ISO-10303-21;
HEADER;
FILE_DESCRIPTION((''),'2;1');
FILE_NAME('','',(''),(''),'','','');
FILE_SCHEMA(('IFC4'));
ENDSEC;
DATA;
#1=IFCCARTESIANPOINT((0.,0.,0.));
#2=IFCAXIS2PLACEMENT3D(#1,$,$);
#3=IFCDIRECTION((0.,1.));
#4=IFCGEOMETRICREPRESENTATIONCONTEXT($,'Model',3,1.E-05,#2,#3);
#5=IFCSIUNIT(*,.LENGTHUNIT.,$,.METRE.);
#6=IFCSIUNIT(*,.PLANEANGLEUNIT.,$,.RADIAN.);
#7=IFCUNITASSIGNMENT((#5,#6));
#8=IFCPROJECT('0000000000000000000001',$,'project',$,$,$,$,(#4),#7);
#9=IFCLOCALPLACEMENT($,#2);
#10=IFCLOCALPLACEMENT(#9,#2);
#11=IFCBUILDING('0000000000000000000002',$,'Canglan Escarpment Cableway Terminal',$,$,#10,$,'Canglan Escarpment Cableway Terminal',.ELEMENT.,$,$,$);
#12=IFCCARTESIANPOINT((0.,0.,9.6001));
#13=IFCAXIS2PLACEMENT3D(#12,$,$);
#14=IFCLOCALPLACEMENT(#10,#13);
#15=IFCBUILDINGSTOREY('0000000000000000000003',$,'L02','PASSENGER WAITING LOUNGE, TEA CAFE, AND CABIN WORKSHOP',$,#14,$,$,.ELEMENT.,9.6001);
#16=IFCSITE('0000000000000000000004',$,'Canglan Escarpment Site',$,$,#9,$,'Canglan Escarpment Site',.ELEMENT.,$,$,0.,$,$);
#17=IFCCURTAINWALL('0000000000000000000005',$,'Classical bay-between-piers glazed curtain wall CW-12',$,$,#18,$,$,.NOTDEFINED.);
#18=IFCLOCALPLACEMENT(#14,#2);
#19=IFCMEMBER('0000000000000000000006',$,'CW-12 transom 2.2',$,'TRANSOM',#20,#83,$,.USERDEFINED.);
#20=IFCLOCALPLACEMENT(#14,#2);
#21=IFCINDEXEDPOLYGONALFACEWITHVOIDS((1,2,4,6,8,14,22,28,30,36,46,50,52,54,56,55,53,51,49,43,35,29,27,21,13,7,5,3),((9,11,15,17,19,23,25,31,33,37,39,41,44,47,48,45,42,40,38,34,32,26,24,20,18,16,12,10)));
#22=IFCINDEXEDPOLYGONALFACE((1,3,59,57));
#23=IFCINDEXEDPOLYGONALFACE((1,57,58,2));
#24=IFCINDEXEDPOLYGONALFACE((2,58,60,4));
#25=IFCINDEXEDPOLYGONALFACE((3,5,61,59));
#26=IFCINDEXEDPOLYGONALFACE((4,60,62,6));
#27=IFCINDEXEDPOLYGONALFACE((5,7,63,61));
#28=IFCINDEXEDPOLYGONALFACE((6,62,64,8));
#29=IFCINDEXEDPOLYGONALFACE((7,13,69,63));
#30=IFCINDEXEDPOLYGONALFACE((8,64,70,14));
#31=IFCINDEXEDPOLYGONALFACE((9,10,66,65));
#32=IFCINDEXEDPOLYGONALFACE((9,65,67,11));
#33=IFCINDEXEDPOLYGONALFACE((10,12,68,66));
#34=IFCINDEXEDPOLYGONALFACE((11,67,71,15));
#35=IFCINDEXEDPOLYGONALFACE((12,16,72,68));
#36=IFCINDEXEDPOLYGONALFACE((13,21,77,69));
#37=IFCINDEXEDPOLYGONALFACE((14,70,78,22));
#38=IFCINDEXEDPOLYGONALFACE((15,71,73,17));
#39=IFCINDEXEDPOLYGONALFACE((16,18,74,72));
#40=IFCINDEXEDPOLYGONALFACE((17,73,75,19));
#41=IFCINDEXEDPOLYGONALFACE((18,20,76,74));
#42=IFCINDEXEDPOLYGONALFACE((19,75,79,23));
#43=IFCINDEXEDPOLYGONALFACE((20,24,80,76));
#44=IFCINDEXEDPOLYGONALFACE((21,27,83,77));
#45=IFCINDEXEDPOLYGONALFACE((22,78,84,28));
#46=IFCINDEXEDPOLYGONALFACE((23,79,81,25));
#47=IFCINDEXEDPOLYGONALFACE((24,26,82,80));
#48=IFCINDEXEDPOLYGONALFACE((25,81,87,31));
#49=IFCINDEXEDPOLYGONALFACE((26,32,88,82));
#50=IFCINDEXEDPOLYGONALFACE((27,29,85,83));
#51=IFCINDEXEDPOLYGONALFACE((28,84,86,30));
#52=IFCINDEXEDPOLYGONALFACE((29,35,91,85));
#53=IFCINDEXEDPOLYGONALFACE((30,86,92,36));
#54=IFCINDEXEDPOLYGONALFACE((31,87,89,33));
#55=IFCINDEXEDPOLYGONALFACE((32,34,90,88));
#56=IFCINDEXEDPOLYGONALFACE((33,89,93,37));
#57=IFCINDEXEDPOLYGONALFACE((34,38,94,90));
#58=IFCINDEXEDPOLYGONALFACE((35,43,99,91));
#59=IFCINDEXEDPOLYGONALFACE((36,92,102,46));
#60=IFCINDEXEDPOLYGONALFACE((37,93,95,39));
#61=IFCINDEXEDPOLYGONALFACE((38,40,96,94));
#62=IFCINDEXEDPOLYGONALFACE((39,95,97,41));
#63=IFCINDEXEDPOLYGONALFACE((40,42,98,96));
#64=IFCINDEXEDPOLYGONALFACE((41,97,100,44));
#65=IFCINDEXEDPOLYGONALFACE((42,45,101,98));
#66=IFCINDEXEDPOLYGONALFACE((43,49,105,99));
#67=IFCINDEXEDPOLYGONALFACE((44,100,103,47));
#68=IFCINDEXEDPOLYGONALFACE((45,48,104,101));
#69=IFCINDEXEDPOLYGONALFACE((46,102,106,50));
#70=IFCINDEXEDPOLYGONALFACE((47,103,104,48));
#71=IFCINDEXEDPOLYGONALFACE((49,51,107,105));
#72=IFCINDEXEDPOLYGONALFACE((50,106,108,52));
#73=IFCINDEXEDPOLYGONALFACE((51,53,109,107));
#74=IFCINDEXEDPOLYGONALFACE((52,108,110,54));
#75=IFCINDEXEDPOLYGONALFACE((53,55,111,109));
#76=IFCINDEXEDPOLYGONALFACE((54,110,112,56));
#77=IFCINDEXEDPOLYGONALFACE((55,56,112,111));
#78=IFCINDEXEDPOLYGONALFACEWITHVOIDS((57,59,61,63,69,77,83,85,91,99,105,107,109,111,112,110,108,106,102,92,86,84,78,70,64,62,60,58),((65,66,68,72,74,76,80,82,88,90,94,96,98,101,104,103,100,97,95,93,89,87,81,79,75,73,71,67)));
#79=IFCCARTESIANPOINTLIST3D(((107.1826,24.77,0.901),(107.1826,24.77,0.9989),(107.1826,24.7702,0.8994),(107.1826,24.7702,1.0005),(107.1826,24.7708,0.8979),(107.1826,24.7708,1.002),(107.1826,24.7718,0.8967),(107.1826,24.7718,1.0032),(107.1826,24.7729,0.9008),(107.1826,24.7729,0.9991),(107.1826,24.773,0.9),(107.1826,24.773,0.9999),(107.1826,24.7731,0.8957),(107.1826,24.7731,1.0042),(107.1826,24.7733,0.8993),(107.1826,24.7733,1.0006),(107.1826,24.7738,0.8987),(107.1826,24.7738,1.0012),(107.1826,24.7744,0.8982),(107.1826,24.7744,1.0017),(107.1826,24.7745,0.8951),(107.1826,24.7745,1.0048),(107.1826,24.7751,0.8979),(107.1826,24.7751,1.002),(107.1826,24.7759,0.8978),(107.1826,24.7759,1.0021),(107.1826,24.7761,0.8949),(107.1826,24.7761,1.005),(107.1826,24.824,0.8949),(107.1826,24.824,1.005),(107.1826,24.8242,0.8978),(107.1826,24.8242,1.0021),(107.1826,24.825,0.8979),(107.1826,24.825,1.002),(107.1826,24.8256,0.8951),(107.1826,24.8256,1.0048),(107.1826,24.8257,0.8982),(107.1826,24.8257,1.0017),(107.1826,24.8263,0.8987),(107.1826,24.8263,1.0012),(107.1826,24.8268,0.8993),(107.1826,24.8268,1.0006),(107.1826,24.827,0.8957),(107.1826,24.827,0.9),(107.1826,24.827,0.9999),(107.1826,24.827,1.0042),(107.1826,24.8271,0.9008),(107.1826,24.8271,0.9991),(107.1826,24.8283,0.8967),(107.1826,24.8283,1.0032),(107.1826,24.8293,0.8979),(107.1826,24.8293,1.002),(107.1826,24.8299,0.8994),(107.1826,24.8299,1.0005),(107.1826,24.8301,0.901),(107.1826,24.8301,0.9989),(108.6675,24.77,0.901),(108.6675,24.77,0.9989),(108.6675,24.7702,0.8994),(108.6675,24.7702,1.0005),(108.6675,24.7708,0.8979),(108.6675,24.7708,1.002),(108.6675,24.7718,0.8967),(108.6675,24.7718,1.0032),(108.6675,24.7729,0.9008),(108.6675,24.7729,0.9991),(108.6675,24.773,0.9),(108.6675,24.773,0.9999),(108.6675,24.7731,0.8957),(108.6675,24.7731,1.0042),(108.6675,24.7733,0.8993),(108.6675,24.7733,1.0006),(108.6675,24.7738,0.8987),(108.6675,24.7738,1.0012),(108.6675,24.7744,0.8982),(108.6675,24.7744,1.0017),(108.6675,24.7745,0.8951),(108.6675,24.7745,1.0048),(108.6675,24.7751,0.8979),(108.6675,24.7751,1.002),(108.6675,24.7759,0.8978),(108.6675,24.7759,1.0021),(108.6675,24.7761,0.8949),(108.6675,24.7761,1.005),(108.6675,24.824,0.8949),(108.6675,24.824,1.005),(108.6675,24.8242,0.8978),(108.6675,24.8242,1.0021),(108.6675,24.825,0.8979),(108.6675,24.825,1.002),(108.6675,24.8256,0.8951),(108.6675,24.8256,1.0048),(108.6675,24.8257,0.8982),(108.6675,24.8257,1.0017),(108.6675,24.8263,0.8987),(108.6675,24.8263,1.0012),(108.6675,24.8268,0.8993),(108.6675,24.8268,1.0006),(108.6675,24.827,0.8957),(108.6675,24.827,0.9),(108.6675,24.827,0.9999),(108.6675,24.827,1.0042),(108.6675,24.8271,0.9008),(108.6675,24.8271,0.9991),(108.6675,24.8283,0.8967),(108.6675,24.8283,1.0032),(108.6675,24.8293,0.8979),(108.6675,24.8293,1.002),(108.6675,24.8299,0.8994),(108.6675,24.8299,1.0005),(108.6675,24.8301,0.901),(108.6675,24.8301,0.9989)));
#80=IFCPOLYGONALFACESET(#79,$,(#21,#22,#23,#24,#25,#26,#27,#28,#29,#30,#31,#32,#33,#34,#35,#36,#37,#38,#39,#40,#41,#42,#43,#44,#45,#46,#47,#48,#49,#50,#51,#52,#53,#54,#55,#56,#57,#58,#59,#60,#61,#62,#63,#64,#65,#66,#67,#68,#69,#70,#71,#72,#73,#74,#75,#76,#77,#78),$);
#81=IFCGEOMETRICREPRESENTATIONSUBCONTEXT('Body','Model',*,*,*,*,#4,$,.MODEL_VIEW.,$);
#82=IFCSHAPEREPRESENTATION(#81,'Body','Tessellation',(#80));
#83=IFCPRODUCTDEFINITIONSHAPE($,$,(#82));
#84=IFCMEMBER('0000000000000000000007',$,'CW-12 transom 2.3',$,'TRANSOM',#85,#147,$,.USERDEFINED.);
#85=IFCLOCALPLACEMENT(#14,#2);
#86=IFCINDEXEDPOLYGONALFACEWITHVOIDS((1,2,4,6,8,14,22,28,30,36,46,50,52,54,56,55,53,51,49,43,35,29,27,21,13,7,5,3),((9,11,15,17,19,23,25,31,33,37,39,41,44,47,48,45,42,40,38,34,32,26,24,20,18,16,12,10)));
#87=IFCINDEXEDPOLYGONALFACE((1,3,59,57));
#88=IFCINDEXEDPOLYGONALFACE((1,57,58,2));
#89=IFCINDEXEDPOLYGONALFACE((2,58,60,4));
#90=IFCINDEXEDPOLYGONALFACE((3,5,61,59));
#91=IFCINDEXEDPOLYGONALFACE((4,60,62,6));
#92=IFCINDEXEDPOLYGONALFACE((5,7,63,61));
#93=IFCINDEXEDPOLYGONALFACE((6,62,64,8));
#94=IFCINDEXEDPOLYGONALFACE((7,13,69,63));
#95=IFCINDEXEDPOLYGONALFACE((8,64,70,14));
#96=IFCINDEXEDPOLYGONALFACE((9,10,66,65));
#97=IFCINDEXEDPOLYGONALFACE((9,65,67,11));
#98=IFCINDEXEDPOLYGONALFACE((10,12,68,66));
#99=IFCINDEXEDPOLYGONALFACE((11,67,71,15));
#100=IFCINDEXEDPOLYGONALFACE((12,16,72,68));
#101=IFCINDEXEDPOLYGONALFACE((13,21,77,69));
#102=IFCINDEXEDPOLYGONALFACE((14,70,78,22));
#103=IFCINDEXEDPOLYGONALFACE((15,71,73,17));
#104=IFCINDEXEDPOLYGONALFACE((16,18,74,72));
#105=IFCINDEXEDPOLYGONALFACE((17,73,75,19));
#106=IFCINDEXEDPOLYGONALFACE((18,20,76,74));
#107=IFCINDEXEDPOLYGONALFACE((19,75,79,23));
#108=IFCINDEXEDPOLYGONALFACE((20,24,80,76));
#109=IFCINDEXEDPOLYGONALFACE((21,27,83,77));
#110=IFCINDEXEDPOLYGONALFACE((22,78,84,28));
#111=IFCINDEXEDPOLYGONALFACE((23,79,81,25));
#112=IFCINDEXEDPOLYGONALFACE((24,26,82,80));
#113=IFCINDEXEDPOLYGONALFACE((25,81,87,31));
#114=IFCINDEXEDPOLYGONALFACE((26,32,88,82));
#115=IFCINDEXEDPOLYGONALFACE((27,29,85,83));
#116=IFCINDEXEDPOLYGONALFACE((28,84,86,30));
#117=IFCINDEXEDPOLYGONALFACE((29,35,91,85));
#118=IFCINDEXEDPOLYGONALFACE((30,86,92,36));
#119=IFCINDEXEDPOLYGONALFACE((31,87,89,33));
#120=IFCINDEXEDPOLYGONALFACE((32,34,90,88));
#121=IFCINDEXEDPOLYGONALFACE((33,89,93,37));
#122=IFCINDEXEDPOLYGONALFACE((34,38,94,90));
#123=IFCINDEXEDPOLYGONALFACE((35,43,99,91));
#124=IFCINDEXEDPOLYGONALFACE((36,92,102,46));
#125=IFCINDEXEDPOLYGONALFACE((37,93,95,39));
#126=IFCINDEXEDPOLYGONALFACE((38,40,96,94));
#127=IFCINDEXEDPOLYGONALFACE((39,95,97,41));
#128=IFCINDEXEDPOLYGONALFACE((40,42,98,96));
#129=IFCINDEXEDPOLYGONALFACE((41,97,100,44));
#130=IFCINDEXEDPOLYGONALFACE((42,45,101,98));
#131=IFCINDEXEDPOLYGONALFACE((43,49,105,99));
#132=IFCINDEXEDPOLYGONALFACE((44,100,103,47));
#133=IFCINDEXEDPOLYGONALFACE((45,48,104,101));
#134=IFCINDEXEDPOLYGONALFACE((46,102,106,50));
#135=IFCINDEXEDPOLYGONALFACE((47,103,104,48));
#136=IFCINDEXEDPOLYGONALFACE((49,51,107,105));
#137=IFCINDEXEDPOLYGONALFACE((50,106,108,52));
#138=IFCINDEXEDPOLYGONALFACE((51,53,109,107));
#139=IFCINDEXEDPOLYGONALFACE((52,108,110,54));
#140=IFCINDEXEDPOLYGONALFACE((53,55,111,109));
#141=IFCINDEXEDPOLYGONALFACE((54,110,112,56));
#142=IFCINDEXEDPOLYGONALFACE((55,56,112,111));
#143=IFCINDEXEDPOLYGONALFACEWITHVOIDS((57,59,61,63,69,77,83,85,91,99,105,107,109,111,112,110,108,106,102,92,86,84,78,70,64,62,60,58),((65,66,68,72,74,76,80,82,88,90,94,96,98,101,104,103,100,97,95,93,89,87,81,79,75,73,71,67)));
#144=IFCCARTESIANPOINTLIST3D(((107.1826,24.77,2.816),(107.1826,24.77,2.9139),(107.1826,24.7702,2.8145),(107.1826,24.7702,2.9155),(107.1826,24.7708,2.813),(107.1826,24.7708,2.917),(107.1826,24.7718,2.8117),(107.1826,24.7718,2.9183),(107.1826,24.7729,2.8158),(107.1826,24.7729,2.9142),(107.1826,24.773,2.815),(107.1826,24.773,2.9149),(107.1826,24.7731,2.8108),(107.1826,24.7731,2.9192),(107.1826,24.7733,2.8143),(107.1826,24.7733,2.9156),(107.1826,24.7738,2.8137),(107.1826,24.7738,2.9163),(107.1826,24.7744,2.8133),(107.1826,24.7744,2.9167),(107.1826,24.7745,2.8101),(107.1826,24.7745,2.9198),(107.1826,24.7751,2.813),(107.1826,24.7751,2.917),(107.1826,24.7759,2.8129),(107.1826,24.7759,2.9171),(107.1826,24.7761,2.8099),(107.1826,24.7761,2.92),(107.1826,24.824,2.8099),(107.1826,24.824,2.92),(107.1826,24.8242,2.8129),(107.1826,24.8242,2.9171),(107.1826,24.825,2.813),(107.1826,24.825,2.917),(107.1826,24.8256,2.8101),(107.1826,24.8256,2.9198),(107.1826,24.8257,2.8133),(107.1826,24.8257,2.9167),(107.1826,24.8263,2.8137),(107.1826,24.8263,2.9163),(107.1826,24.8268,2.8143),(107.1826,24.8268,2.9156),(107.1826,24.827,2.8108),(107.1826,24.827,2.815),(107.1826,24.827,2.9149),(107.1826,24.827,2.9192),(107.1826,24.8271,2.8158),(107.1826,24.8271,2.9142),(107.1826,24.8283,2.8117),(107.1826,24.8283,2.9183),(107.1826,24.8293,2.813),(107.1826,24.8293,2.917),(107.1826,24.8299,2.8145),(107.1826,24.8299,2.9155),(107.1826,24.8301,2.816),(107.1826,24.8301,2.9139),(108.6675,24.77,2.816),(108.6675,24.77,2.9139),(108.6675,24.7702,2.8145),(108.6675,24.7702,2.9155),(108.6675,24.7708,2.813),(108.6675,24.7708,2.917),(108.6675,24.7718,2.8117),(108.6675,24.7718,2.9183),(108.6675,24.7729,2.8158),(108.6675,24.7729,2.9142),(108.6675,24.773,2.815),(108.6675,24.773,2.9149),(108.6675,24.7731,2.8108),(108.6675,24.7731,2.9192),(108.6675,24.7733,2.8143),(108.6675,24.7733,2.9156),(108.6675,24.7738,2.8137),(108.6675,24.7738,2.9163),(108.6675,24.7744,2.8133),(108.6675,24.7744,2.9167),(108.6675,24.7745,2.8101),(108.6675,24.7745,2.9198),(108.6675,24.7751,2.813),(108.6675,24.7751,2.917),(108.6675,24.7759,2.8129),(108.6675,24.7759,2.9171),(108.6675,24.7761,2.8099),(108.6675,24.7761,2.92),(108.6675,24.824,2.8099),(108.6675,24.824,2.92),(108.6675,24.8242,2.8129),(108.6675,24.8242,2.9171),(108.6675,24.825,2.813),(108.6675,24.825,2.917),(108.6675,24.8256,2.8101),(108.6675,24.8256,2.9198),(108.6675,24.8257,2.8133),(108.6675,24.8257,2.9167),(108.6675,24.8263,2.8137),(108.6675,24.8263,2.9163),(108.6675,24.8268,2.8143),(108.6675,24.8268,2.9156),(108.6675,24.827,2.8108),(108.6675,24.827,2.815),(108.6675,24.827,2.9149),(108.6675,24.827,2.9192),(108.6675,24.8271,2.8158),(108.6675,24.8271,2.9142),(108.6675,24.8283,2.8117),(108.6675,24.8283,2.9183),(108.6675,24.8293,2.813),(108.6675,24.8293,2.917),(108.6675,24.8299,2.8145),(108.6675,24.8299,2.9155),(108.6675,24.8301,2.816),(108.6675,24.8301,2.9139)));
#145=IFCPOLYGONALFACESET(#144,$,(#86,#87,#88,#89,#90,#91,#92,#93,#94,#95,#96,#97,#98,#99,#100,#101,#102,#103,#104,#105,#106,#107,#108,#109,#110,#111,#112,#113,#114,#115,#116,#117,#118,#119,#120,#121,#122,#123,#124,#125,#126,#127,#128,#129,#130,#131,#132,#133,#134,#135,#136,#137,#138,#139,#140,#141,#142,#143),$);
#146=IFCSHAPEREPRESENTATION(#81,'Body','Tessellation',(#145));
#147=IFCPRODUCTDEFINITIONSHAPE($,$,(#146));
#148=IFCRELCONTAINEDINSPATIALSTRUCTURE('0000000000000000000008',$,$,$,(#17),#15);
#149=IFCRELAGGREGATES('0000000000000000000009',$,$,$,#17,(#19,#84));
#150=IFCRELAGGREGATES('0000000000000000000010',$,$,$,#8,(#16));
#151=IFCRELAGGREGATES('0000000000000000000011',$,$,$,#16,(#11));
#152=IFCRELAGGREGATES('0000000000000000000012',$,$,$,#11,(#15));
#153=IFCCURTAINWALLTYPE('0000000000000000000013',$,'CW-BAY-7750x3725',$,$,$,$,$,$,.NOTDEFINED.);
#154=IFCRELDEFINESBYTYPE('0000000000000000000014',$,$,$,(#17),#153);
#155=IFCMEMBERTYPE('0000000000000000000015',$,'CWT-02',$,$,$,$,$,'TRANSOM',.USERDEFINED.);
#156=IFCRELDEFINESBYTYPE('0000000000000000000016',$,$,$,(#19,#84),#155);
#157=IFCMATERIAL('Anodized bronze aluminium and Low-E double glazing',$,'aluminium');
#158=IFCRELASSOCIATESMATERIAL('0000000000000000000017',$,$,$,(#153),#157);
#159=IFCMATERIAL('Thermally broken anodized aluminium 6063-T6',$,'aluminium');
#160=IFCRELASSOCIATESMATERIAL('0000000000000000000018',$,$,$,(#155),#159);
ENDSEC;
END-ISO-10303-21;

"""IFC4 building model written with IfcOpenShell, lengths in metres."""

from ifc_helpers import new_model, si_unit, direction, frame, origin, origin_2d, place, context, subcontext, project, spatial, hollow_rectangle, extrude, material, material_profile, profile_set, type_object, element, aggregate, save


model = new_model("IFC4")

# Units and contexts
model_context = context("Model", 3, precision=1e-05, world=origin(), true_north=direction((0.0, 1.0)))
body_context = subcontext(model_context, "Body", "Model", "MODEL_VIEW")
ifc_project = project(units=[si_unit("LENGTHUNIT", "METRE"), si_unit("PLANEANGLEUNIT", "RADIAN")], contexts=[model_context])

# Site, building, storey
site_placement = place(None, origin())
site = spatial("IfcSite", under=ifc_project, at=site_placement, Name="Canglan Escarpment Site", LongName="Canglan Escarpment Site", CompositionType="ELEMENT", RefElevation=0.0)
building_placement = place(site_placement, origin())
building = spatial("IfcBuilding", under=site, at=building_placement, Name="Canglan Escarpment Cableway Terminal", LongName="Canglan Escarpment Cableway Terminal", CompositionType="ELEMENT")
storey_placement = place(building_placement, frame((0.0, 0.0, 9.6001)))
storey = spatial("IfcBuildingStorey", under=building, at=storey_placement, Name="L02", Description="PASSENGER WAITING LOUNGE, TEA CAFE, AND CABIN WORKSHOP", CompositionType="ELEMENT", Elevation=9.6001)

# Curtain wall, members
ifc_material_1 = material(Name="Anodized bronze aluminium and Low-E double glazing", Category="aluminium")
curtain_wall_type = type_object("IfcCurtainWallType", Name="CW-BAY-7750x3725", PredefinedType="NOTDEFINED", material=ifc_material_1)
curtain_wall_placement = place(storey_placement, origin())
curtain_wall = element("IfcCurtainWall", 1, at=curtain_wall_placement, inside=storey, type_object=curtain_wall_type, Name="Classical bay-between-piers glazed curtain wall CW-12", PredefinedType="NOTDEFINED")
ifc_material_2 = material(Name="Thermally broken anodized aluminium 6063-T6", Category="aluminium")
ifc_material_profile_1 = material_profile(ifc_material_2, hollow_rectangle(XDim=0.0601, YDim=0.1101, WallThickness=0.0029, InnerFilletRadius=0.0029, OuterFilletRadius=0.0061, at=origin_2d()), Name="ALU-TRAN 60x110x3")
ifc_profile_set_1 = profile_set([ifc_material_profile_1], Name="Thermally broken anodized aluminium 6063-T6")
member_type_1 = type_object("IfcMemberType", Name="CWT-02", ElementType="TRANSOM", PredefinedType="USERDEFINED", material=ifc_profile_set_1)
member_1_placement = place(storey_placement, frame((108.6675, 24.8, 0.95), z_axis=(-1.0, 0.0, 0.0), x_axis=(0.0, -1.0, 0.0)))
member_1 = element("IfcMember", 2, at=member_1_placement, type_object=member_type_1, Name="CW-12 transom 2.2", ObjectType="TRANSOM", PredefinedType="USERDEFINED", context=body_context, shape_type="SweptSolid", body=[
    extrude(hollow_rectangle(XDim=0.0601, YDim=0.1101, WallThickness=0.0029, InnerFilletRadius=0.0029, OuterFilletRadius=0.0061, at=origin_2d()), origin(), (0.0, 0.0, 1.0), 1.4849),
])
member_2_placement = place(storey_placement, frame((108.6675, 24.8, 2.865), z_axis=(-1.0, 0.0, 0.0), x_axis=(0.0, -1.0, 0.0)))
member_2 = element("IfcMember", 3, at=member_2_placement, type_object=member_type_1, Name="CW-12 transom 2.3", ObjectType="TRANSOM", PredefinedType="USERDEFINED", context=body_context, shape_type="SweptSolid", body=[
    extrude(hollow_rectangle(XDim=0.0601, YDim=0.1101, WallThickness=0.0029, InnerFilletRadius=0.0029, OuterFilletRadius=0.0061, at=origin_2d()), origin(), (0.0, 0.0, 1.0), 1.4849),
])
aggregate(curtain_wall, [member_1, member_2])

save(model, "model.ifc")
